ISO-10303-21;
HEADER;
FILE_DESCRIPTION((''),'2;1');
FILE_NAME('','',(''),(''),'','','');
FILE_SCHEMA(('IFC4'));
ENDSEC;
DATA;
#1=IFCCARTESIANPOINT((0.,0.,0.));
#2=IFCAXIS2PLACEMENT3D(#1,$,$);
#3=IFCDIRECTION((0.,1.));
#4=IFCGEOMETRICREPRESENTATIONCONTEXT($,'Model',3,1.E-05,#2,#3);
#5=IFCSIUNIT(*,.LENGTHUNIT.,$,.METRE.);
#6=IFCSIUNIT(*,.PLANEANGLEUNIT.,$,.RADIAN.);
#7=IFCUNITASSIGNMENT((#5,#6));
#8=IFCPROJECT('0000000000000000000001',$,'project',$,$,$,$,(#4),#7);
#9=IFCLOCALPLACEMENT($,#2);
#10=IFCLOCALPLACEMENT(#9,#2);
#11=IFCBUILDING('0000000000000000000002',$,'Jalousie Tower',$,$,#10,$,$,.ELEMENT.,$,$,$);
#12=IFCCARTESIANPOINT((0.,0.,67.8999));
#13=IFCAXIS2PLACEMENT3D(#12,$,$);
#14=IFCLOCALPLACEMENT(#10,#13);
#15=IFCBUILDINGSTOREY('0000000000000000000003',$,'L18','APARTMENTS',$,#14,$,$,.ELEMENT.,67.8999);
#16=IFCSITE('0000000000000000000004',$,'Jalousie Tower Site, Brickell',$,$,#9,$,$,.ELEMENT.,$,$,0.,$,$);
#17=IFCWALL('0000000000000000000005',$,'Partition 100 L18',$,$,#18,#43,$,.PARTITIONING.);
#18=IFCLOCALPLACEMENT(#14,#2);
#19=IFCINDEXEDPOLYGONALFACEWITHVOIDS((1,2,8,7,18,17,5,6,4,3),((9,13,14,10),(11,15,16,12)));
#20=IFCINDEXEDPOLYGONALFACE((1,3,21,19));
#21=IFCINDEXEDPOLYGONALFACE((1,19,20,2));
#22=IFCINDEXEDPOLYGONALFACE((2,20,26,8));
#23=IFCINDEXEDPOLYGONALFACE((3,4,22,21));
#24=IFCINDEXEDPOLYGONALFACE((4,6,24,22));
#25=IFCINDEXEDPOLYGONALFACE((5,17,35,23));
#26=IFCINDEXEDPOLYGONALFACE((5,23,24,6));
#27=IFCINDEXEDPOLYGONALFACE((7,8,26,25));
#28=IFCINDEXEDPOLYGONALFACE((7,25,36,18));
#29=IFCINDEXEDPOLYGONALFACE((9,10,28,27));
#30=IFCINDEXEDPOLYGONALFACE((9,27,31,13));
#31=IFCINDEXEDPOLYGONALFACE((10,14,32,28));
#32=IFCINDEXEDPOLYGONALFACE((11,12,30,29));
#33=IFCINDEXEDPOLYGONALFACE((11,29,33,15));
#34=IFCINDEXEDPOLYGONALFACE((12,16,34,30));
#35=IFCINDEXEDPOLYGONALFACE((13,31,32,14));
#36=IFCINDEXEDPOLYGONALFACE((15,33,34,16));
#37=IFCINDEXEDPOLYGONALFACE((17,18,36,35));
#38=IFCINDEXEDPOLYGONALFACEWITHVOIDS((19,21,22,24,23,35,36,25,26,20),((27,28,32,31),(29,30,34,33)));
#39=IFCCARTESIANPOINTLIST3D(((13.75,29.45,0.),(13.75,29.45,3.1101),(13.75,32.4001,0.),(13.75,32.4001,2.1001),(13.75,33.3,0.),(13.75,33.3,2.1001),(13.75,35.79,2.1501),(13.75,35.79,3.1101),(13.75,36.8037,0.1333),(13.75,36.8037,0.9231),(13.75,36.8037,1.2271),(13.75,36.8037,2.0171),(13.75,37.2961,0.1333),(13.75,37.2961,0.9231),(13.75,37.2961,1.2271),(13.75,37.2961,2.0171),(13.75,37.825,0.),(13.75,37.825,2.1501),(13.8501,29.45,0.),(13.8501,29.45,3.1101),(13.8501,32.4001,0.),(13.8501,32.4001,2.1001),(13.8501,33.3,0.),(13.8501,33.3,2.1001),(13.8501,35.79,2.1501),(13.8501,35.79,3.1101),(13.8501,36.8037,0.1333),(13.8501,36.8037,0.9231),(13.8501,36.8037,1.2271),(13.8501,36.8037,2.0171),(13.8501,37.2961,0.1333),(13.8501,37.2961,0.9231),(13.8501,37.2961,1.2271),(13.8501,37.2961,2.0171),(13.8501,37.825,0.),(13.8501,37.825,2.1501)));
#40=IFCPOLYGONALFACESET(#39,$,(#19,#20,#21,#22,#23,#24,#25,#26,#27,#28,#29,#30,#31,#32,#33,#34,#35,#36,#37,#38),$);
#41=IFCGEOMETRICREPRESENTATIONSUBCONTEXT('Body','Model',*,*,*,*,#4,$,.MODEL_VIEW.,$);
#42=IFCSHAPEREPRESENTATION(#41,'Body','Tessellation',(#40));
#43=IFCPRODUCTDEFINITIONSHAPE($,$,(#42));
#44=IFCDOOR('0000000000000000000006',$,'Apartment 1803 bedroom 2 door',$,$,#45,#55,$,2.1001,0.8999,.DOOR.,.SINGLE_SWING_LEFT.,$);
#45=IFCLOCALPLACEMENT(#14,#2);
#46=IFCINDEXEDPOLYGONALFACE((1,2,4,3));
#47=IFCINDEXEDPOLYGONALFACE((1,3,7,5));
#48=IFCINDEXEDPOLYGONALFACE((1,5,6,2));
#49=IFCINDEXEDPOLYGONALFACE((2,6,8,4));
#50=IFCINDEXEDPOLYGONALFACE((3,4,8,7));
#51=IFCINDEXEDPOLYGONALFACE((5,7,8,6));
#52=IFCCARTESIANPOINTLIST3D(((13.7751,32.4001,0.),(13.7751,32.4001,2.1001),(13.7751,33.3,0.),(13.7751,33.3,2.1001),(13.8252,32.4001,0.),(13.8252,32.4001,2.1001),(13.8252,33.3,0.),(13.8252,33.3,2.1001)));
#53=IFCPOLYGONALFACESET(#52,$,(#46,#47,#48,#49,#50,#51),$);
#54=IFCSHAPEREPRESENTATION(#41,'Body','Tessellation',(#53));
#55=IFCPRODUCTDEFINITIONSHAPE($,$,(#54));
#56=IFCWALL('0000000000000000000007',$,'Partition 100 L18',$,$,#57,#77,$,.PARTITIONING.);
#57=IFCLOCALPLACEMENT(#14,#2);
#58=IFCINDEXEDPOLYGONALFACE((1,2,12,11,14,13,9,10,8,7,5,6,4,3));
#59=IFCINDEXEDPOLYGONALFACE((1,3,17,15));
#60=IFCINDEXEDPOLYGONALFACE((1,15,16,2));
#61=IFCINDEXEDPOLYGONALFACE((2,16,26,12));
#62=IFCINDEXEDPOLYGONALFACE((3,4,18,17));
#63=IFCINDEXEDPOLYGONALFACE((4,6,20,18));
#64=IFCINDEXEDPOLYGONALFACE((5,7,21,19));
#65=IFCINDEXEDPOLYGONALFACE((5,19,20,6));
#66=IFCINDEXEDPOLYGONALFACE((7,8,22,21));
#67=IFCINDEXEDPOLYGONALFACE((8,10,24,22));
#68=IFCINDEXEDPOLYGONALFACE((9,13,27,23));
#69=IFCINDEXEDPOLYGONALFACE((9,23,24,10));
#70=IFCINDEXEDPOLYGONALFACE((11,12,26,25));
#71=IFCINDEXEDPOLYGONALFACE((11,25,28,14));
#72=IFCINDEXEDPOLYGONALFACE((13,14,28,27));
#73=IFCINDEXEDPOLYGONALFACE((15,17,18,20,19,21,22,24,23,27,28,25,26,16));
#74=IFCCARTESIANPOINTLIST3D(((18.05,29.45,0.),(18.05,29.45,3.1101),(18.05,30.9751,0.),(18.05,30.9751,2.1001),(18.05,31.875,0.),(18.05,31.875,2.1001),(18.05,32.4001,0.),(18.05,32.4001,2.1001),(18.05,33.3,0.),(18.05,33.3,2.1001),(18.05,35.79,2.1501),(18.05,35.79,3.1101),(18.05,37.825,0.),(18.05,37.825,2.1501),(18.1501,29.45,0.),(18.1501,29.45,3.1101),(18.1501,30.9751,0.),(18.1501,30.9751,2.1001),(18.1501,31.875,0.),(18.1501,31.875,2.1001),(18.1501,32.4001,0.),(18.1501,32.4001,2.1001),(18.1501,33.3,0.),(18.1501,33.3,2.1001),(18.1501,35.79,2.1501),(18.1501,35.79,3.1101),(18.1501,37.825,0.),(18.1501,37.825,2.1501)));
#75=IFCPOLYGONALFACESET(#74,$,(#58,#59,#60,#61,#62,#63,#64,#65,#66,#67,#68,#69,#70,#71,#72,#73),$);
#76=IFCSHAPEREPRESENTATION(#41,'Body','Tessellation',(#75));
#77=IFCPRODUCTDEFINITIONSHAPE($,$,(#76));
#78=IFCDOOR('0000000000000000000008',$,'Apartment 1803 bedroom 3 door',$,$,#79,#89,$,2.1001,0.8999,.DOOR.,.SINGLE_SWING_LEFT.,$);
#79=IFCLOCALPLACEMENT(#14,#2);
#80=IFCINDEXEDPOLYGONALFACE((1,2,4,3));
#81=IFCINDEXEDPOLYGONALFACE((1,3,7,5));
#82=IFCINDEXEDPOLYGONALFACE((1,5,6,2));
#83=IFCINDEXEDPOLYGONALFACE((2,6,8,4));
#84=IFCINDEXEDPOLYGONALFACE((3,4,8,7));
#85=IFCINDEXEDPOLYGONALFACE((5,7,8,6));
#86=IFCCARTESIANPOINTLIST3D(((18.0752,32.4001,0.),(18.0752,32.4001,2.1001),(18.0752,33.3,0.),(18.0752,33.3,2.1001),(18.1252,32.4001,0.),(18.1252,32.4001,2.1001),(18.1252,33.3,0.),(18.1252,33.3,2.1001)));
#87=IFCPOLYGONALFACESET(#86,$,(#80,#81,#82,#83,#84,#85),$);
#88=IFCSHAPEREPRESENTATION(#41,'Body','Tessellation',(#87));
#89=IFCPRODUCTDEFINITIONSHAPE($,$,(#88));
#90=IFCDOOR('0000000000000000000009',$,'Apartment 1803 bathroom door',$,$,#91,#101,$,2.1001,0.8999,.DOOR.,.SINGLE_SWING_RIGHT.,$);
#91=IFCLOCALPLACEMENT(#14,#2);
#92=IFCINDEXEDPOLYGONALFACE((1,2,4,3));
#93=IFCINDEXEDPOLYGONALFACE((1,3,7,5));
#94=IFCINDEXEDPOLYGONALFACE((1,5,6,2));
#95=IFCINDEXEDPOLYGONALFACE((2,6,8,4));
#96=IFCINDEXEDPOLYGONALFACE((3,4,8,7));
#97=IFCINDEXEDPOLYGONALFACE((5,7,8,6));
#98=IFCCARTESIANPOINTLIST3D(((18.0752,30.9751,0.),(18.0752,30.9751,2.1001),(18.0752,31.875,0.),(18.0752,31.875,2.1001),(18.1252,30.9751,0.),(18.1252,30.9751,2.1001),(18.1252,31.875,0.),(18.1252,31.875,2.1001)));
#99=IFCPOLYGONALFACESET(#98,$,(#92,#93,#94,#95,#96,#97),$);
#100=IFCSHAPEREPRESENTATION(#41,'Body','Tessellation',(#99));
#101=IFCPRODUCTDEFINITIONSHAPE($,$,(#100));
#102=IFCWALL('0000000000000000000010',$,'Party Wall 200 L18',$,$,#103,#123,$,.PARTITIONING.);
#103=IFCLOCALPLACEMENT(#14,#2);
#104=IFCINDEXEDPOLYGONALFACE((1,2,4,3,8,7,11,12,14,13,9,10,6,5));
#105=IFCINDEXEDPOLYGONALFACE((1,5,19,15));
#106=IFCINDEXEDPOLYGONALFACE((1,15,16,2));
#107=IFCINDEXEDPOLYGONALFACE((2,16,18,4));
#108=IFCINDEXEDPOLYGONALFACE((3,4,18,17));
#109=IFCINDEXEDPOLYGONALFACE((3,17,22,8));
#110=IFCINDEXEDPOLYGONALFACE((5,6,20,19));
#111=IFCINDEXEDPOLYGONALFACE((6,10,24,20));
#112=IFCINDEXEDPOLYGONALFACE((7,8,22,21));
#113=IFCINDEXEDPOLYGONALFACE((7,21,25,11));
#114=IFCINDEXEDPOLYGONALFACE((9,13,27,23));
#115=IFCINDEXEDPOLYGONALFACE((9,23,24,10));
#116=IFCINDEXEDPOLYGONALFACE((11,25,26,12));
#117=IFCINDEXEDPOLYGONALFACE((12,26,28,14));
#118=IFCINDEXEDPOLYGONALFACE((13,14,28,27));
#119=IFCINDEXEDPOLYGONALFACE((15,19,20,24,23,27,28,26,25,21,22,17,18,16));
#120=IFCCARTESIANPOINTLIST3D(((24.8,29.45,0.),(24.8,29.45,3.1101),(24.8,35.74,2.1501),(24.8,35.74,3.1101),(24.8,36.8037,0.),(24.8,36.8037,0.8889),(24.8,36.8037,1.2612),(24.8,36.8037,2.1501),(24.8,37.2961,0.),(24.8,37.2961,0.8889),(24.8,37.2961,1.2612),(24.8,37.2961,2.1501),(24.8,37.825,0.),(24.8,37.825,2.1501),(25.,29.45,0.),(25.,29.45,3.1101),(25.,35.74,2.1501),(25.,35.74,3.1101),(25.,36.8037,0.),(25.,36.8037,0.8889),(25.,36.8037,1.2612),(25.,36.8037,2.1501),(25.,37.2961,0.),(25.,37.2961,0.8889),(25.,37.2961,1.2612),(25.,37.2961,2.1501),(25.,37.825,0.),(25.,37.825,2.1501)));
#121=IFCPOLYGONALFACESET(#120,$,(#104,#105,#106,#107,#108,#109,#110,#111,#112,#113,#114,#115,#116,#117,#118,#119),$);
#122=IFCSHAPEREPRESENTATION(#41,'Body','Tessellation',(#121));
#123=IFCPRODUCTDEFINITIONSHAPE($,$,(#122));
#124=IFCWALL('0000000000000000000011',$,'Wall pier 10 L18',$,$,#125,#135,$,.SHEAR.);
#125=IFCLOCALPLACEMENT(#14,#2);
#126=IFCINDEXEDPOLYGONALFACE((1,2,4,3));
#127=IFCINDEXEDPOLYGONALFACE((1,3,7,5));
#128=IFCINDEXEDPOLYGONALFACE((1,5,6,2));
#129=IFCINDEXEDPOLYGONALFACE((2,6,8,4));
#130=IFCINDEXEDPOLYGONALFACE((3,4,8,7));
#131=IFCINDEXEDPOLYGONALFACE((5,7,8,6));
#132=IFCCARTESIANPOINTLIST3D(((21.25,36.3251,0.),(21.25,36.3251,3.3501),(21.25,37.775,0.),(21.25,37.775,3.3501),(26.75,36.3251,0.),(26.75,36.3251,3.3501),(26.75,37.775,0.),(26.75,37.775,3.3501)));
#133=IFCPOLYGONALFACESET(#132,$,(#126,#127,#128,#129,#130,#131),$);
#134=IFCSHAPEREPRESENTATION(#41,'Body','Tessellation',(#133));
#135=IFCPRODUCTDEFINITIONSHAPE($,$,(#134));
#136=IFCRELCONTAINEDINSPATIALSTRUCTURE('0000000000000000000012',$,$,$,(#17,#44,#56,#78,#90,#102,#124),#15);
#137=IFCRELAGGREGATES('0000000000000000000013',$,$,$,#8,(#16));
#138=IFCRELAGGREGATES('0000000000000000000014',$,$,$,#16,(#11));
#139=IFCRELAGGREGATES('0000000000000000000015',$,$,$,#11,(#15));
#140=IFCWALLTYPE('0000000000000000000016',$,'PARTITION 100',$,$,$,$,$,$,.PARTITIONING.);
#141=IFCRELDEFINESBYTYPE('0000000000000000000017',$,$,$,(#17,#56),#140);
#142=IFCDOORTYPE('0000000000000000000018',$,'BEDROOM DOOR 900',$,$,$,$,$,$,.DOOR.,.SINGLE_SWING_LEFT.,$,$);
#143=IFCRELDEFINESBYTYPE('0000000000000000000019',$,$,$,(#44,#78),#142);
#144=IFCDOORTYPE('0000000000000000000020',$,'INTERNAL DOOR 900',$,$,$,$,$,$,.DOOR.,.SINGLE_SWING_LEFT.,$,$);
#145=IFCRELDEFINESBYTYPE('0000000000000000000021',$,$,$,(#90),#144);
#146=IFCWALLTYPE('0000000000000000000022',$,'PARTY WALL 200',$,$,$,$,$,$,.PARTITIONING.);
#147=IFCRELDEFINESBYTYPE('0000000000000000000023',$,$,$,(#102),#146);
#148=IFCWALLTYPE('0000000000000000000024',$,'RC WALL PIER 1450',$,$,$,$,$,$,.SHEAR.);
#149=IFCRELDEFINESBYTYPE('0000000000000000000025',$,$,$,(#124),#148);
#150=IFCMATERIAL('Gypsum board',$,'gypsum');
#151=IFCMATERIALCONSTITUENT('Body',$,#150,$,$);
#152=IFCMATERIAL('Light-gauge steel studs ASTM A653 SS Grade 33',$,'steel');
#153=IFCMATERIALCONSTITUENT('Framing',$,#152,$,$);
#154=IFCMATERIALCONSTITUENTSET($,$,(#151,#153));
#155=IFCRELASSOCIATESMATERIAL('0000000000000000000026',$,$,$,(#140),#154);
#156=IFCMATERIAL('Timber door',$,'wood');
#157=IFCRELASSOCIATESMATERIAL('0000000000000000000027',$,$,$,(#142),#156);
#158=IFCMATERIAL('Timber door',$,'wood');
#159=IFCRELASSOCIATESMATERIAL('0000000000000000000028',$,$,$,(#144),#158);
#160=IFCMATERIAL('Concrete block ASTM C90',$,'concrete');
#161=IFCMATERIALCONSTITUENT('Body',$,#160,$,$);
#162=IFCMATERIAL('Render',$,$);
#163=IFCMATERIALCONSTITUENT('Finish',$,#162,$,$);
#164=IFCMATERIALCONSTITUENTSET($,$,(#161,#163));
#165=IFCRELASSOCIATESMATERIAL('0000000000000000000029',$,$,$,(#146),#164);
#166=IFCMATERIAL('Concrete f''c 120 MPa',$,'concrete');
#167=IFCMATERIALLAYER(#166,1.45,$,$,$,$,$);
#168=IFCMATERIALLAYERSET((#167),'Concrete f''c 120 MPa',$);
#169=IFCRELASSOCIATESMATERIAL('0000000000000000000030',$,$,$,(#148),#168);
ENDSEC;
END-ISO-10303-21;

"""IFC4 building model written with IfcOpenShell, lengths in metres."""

from ifc_helpers import new_model, si_unit, direction, frame, frame_2d, origin, place, context, subcontext, project, spatial, polyline, rectangle, outline, extrude, material, layer, layer_set, constituent, constituent_set, type_object, element, fill, save


model = new_model("IFC4")

# Units and contexts
model_context = context("Model", 3, precision=1e-05, world=origin(), true_north=direction((0.0, 1.0)))
body_context = subcontext(model_context, "Body", "Model", "MODEL_VIEW")
ifc_project = project(units=[si_unit("LENGTHUNIT", "METRE"), si_unit("PLANEANGLEUNIT", "RADIAN")], contexts=[model_context])

# Site, building, storey
site_placement = place(None, origin())
site = spatial("IfcSite", under=ifc_project, at=site_placement, Name="Jalousie Tower Site, Brickell", CompositionType="ELEMENT", RefElevation=0.0)
building_placement = place(site_placement, origin())
building = spatial("IfcBuilding", under=site, at=building_placement, Name="Jalousie Tower", CompositionType="ELEMENT")
storey_placement = place(building_placement, frame((0.0, 0.0, 67.8999)))
storey = spatial("IfcBuildingStorey", under=building, at=storey_placement, Name="L18", Description="APARTMENTS", CompositionType="ELEMENT", Elevation=67.8999)

# Wall, opening, door
ifc_material_1 = material(Name="Gypsum board", Category="gypsum")
ifc_constituent_1 = constituent(ifc_material_1, Name="Body")
ifc_material_2 = material(Name="Light-gauge steel studs ASTM A653 SS Grade 33", Category="steel")
ifc_constituent_2 = constituent(ifc_material_2, Name="Framing")
ifc_constituent_set_1 = constituent_set(constituents=[ifc_constituent_1, ifc_constituent_2])
wall_type_1 = type_object("IfcWallType", Name="PARTITION 100", PredefinedType="PARTITIONING", material=ifc_constituent_set_1)
wall_1_placement = place(storey_placement, frame((13.8, 37.825, 0.0), z_axis=(0.0, 0.0, 1.0), x_axis=(0.0, -1.0, 0.0)))
wall_1 = element("IfcWall", 1, at=wall_1_placement, inside=storey, type_object=wall_type_1, Name="Partition 100 L18", PredefinedType="PARTITIONING", context=body_context, shape_type="SweptSolid", body=[
    extrude(outline(polyline([(2.0349, 2.1501), (0.0, 2.1501), (0.0, 0.0), (8.375, 0.0), (8.375, 3.1101), (2.0349, 3.1101), (2.0349, 2.1501)]), holes=[polyline([(1.0212, 0.1333), (0.5288, 0.1333), (0.5288, 0.9231), (1.0212, 0.9231), (1.0212, 0.1333)]), polyline([(1.0212, 1.2271), (0.5288, 1.2271), (0.5288, 2.0171), (1.0212, 2.0171), (1.0212, 1.2271)])]), frame((0.0, 0.05, 0.0), z_axis=(0.0, -1.0, 0.0), x_axis=(1.0, 0.0, 0.0)), (0.0, 0.0, 1.0), 0.1001),
])
opening_1_placement = place(wall_1_placement, frame((4.5249, 0.0, 0.0)))
opening_1 = element("IfcOpeningElement", 2, at=opening_1_placement, cuts=wall_1, PredefinedType="OPENING", context=body_context, shape_type="SweptSolid", body=[
    extrude(rectangle(XDim=0.8999, YDim=2.1001, at=frame_2d((0.45, 1.05))), frame((0.0, 0.0601, 0.0), z_axis=(0.0, -1.0, 0.0), x_axis=(1.0, 0.0, 0.0)), (0.0, 0.0, 1.0), 0.1201),
])
ifc_material_3 = material(Name="Timber door", Category="wood")
door_type_1 = type_object("IfcDoorType", Name="BEDROOM DOOR 900", OperationType="SINGLE_SWING_LEFT", PredefinedType="DOOR", material=ifc_material_3)
door_1_placement = place(opening_1_placement, frame((0.8999, 0.0, 0.0), z_axis=(0.0, 0.0, 1.0), x_axis=(-1.0, 0.0, 0.0)))
door_1 = element("IfcDoor", 3, at=door_1_placement, inside=storey, type_object=door_type_1, Name="Apartment 1803 bedroom 2 door", OperationType="SINGLE_SWING_LEFT", OverallHeight=2.1001, OverallWidth=0.8999, PredefinedType="DOOR", context=body_context, shape_type="SweptSolid", body=[
    extrude(rectangle(XDim=0.8999, YDim=2.1001, at=frame_2d((0.45, 1.05))), frame((0.0, 0.0249, 0.0), z_axis=(0.0, -1.0, 0.0), x_axis=(1.0, 0.0, 0.0)), (0.0, 0.0, 1.0), 0.05),
])
fill(opening_1, door_1)

# Wall, openings, doors
wall_2_placement = place(storey_placement, frame((18.1001, 37.825, 0.0), z_axis=(0.0, 0.0, 1.0), x_axis=(0.0, -1.0, 0.0)))
wall_2 = element("IfcWall", 4, at=wall_2_placement, inside=storey, type_object=wall_type_1, Name="Partition 100 L18", PredefinedType="PARTITIONING", context=body_context, shape_type="SweptSolid", body=[
    extrude(outline(polyline([(0.0, 0.0), (8.375, 0.0), (8.375, 3.1101), (2.0349, 3.1101), (2.0349, 2.1501), (0.0, 2.1501), (0.0, 3.1101), (0.0, 0.0)])), frame((0.0, 0.05, 0.0), z_axis=(0.0, -1.0, 0.0), x_axis=(1.0, 0.0, 0.0)), (0.0, 0.0, 1.0), 0.1001),
])
opening_2_placement = place(wall_2_placement, frame((4.5249, 0.0, 0.0)))
opening_2 = element("IfcOpeningElement", 5, at=opening_2_placement, cuts=wall_2, PredefinedType="OPENING", context=body_context, shape_type="SweptSolid", body=[
    extrude(rectangle(XDim=0.8999, YDim=2.1001, at=frame_2d((0.45, 1.05))), frame((0.0, 0.0601, 0.0), z_axis=(0.0, -1.0, 0.0), x_axis=(1.0, 0.0, 0.0)), (0.0, 0.0, 1.0), 0.1201),
])
opening_3_placement = place(wall_2_placement, frame((5.95, 0.0, 0.0)))
opening_3 = element("IfcOpeningElement", 6, at=opening_3_placement, cuts=wall_2, PredefinedType="OPENING", context=body_context, shape_type="SweptSolid", body=[
    extrude(rectangle(XDim=0.8999, YDim=2.1001, at=frame_2d((0.45, 1.05))), frame((0.0, 0.0601, 0.0), z_axis=(0.0, -1.0, 0.0), x_axis=(1.0, 0.0, 0.0)), (0.0, 0.0, 1.0), 0.1201),
])
door_2_placement = place(opening_2_placement, frame((0.8999, 0.0, 0.0), z_axis=(0.0, 0.0, 1.0), x_axis=(-1.0, 0.0, 0.0)))
door_2 = element("IfcDoor", 7, at=door_2_placement, inside=storey, type_object=door_type_1, Name="Apartment 1803 bedroom 3 door", OperationType="SINGLE_SWING_LEFT", OverallHeight=2.1001, OverallWidth=0.8999, PredefinedType="DOOR", context=body_context, shape_type="SweptSolid", body=[
    extrude(rectangle(XDim=0.8999, YDim=2.1001, at=frame_2d((0.45, 1.05))), frame((0.0, 0.0249, 0.0), z_axis=(0.0, -1.0, 0.0), x_axis=(1.0, 0.0, 0.0)), (0.0, 0.0, 1.0), 0.05),
])
fill(opening_2, door_2)
ifc_material_4 = material(Name="Timber door", Category="wood")
door_type_2 = type_object("IfcDoorType", Name="INTERNAL DOOR 900", OperationType="SINGLE_SWING_LEFT", PredefinedType="DOOR", material=ifc_material_4)
door_3_placement = place(opening_3_placement, frame((0.8999, 0.0, 0.0), z_axis=(0.0, 0.0, 1.0), x_axis=(-1.0, 0.0, 0.0)))
door_3 = element("IfcDoor", 8, at=door_3_placement, inside=storey, type_object=door_type_2, Name="Apartment 1803 bathroom door", OperationType="SINGLE_SWING_RIGHT", OverallHeight=2.1001, OverallWidth=0.8999, PredefinedType="DOOR", context=body_context, shape_type="SweptSolid", body=[
    extrude(rectangle(XDim=0.8999, YDim=2.1001, at=frame_2d((0.45, 1.05))), frame((0.0, 0.0249, 0.0), z_axis=(0.0, -1.0, 0.0), x_axis=(1.0, 0.0, 0.0)), (0.0, 0.0, 1.0), 0.05),
])
fill(opening_3, door_3)

# Walls
ifc_material_5 = material(Name="Concrete block ASTM C90", Category="concrete")
ifc_constituent_3 = constituent(ifc_material_5, Name="Body")
ifc_material_6 = material(Name="Render")
ifc_constituent_4 = constituent(ifc_material_6, Name="Finish")
ifc_constituent_set_2 = constituent_set(constituents=[ifc_constituent_3, ifc_constituent_4])
wall_type_2 = type_object("IfcWallType", Name="PARTY WALL 200", PredefinedType="PARTITIONING", material=ifc_constituent_set_2)
wall_3_placement = place(storey_placement, frame((24.8999, 37.825, 0.0), z_axis=(0.0, 0.0, 1.0), x_axis=(0.0, -1.0, 0.0)))
element("IfcWall", 9, at=wall_3_placement, inside=storey, type_object=wall_type_2, Name="Party Wall 200 L18", PredefinedType="PARTITIONING", context=body_context, shape_type="SweptSolid", body=[
    extrude(outline(polyline([(0.5288, 2.1501), (0.0, 2.1501), (0.0, 0.0), (0.5288, 0.0), (0.5288, 0.8889), (1.0212, 0.8889), (1.0212, 0.0), (8.375, 0.0), (8.375, 3.1101), (2.085, 3.1101), (2.085, 2.1501), (1.0212, 2.1501), (1.0212, 1.2612), (0.5288, 1.2612), (0.5288, 2.1501)])), frame((0.0, 0.1001, 0.0), z_axis=(0.0, -1.0, 0.0), x_axis=(1.0, 0.0, 0.0)), (0.0, 0.0, 1.0), 0.2),
])
ifc_material_7 = material(Name="Concrete f'c 120 MPa", Category="concrete")
ifc_layer_1 = layer(ifc_material_7, 1.45)
ifc_layer_set_1 = layer_set([ifc_layer_1], Name="Concrete f'c 120 MPa")
wall_type_3 = type_object("IfcWallType", Name="RC WALL PIER 1450", PredefinedType="SHEAR", material=ifc_layer_set_1)
wall_4_placement = place(storey_placement, frame((21.25, 37.05, 0.0), z_axis=(0.0, 0.0, 1.0), x_axis=(1.0, 0.0, 0.0)))
element("IfcWall", 10, at=wall_4_placement, inside=storey, type_object=wall_type_3, Name="Wall pier 10 L18", PredefinedType="SHEAR", context=body_context, shape_type="SweptSolid", body=[
    extrude(rectangle(XDim=5.5, YDim=1.45, at=frame_2d((2.75, 0.0))), origin(), (0.0, 0.0, 1.0), 3.3501),
])

save(model, "model.ifc")
